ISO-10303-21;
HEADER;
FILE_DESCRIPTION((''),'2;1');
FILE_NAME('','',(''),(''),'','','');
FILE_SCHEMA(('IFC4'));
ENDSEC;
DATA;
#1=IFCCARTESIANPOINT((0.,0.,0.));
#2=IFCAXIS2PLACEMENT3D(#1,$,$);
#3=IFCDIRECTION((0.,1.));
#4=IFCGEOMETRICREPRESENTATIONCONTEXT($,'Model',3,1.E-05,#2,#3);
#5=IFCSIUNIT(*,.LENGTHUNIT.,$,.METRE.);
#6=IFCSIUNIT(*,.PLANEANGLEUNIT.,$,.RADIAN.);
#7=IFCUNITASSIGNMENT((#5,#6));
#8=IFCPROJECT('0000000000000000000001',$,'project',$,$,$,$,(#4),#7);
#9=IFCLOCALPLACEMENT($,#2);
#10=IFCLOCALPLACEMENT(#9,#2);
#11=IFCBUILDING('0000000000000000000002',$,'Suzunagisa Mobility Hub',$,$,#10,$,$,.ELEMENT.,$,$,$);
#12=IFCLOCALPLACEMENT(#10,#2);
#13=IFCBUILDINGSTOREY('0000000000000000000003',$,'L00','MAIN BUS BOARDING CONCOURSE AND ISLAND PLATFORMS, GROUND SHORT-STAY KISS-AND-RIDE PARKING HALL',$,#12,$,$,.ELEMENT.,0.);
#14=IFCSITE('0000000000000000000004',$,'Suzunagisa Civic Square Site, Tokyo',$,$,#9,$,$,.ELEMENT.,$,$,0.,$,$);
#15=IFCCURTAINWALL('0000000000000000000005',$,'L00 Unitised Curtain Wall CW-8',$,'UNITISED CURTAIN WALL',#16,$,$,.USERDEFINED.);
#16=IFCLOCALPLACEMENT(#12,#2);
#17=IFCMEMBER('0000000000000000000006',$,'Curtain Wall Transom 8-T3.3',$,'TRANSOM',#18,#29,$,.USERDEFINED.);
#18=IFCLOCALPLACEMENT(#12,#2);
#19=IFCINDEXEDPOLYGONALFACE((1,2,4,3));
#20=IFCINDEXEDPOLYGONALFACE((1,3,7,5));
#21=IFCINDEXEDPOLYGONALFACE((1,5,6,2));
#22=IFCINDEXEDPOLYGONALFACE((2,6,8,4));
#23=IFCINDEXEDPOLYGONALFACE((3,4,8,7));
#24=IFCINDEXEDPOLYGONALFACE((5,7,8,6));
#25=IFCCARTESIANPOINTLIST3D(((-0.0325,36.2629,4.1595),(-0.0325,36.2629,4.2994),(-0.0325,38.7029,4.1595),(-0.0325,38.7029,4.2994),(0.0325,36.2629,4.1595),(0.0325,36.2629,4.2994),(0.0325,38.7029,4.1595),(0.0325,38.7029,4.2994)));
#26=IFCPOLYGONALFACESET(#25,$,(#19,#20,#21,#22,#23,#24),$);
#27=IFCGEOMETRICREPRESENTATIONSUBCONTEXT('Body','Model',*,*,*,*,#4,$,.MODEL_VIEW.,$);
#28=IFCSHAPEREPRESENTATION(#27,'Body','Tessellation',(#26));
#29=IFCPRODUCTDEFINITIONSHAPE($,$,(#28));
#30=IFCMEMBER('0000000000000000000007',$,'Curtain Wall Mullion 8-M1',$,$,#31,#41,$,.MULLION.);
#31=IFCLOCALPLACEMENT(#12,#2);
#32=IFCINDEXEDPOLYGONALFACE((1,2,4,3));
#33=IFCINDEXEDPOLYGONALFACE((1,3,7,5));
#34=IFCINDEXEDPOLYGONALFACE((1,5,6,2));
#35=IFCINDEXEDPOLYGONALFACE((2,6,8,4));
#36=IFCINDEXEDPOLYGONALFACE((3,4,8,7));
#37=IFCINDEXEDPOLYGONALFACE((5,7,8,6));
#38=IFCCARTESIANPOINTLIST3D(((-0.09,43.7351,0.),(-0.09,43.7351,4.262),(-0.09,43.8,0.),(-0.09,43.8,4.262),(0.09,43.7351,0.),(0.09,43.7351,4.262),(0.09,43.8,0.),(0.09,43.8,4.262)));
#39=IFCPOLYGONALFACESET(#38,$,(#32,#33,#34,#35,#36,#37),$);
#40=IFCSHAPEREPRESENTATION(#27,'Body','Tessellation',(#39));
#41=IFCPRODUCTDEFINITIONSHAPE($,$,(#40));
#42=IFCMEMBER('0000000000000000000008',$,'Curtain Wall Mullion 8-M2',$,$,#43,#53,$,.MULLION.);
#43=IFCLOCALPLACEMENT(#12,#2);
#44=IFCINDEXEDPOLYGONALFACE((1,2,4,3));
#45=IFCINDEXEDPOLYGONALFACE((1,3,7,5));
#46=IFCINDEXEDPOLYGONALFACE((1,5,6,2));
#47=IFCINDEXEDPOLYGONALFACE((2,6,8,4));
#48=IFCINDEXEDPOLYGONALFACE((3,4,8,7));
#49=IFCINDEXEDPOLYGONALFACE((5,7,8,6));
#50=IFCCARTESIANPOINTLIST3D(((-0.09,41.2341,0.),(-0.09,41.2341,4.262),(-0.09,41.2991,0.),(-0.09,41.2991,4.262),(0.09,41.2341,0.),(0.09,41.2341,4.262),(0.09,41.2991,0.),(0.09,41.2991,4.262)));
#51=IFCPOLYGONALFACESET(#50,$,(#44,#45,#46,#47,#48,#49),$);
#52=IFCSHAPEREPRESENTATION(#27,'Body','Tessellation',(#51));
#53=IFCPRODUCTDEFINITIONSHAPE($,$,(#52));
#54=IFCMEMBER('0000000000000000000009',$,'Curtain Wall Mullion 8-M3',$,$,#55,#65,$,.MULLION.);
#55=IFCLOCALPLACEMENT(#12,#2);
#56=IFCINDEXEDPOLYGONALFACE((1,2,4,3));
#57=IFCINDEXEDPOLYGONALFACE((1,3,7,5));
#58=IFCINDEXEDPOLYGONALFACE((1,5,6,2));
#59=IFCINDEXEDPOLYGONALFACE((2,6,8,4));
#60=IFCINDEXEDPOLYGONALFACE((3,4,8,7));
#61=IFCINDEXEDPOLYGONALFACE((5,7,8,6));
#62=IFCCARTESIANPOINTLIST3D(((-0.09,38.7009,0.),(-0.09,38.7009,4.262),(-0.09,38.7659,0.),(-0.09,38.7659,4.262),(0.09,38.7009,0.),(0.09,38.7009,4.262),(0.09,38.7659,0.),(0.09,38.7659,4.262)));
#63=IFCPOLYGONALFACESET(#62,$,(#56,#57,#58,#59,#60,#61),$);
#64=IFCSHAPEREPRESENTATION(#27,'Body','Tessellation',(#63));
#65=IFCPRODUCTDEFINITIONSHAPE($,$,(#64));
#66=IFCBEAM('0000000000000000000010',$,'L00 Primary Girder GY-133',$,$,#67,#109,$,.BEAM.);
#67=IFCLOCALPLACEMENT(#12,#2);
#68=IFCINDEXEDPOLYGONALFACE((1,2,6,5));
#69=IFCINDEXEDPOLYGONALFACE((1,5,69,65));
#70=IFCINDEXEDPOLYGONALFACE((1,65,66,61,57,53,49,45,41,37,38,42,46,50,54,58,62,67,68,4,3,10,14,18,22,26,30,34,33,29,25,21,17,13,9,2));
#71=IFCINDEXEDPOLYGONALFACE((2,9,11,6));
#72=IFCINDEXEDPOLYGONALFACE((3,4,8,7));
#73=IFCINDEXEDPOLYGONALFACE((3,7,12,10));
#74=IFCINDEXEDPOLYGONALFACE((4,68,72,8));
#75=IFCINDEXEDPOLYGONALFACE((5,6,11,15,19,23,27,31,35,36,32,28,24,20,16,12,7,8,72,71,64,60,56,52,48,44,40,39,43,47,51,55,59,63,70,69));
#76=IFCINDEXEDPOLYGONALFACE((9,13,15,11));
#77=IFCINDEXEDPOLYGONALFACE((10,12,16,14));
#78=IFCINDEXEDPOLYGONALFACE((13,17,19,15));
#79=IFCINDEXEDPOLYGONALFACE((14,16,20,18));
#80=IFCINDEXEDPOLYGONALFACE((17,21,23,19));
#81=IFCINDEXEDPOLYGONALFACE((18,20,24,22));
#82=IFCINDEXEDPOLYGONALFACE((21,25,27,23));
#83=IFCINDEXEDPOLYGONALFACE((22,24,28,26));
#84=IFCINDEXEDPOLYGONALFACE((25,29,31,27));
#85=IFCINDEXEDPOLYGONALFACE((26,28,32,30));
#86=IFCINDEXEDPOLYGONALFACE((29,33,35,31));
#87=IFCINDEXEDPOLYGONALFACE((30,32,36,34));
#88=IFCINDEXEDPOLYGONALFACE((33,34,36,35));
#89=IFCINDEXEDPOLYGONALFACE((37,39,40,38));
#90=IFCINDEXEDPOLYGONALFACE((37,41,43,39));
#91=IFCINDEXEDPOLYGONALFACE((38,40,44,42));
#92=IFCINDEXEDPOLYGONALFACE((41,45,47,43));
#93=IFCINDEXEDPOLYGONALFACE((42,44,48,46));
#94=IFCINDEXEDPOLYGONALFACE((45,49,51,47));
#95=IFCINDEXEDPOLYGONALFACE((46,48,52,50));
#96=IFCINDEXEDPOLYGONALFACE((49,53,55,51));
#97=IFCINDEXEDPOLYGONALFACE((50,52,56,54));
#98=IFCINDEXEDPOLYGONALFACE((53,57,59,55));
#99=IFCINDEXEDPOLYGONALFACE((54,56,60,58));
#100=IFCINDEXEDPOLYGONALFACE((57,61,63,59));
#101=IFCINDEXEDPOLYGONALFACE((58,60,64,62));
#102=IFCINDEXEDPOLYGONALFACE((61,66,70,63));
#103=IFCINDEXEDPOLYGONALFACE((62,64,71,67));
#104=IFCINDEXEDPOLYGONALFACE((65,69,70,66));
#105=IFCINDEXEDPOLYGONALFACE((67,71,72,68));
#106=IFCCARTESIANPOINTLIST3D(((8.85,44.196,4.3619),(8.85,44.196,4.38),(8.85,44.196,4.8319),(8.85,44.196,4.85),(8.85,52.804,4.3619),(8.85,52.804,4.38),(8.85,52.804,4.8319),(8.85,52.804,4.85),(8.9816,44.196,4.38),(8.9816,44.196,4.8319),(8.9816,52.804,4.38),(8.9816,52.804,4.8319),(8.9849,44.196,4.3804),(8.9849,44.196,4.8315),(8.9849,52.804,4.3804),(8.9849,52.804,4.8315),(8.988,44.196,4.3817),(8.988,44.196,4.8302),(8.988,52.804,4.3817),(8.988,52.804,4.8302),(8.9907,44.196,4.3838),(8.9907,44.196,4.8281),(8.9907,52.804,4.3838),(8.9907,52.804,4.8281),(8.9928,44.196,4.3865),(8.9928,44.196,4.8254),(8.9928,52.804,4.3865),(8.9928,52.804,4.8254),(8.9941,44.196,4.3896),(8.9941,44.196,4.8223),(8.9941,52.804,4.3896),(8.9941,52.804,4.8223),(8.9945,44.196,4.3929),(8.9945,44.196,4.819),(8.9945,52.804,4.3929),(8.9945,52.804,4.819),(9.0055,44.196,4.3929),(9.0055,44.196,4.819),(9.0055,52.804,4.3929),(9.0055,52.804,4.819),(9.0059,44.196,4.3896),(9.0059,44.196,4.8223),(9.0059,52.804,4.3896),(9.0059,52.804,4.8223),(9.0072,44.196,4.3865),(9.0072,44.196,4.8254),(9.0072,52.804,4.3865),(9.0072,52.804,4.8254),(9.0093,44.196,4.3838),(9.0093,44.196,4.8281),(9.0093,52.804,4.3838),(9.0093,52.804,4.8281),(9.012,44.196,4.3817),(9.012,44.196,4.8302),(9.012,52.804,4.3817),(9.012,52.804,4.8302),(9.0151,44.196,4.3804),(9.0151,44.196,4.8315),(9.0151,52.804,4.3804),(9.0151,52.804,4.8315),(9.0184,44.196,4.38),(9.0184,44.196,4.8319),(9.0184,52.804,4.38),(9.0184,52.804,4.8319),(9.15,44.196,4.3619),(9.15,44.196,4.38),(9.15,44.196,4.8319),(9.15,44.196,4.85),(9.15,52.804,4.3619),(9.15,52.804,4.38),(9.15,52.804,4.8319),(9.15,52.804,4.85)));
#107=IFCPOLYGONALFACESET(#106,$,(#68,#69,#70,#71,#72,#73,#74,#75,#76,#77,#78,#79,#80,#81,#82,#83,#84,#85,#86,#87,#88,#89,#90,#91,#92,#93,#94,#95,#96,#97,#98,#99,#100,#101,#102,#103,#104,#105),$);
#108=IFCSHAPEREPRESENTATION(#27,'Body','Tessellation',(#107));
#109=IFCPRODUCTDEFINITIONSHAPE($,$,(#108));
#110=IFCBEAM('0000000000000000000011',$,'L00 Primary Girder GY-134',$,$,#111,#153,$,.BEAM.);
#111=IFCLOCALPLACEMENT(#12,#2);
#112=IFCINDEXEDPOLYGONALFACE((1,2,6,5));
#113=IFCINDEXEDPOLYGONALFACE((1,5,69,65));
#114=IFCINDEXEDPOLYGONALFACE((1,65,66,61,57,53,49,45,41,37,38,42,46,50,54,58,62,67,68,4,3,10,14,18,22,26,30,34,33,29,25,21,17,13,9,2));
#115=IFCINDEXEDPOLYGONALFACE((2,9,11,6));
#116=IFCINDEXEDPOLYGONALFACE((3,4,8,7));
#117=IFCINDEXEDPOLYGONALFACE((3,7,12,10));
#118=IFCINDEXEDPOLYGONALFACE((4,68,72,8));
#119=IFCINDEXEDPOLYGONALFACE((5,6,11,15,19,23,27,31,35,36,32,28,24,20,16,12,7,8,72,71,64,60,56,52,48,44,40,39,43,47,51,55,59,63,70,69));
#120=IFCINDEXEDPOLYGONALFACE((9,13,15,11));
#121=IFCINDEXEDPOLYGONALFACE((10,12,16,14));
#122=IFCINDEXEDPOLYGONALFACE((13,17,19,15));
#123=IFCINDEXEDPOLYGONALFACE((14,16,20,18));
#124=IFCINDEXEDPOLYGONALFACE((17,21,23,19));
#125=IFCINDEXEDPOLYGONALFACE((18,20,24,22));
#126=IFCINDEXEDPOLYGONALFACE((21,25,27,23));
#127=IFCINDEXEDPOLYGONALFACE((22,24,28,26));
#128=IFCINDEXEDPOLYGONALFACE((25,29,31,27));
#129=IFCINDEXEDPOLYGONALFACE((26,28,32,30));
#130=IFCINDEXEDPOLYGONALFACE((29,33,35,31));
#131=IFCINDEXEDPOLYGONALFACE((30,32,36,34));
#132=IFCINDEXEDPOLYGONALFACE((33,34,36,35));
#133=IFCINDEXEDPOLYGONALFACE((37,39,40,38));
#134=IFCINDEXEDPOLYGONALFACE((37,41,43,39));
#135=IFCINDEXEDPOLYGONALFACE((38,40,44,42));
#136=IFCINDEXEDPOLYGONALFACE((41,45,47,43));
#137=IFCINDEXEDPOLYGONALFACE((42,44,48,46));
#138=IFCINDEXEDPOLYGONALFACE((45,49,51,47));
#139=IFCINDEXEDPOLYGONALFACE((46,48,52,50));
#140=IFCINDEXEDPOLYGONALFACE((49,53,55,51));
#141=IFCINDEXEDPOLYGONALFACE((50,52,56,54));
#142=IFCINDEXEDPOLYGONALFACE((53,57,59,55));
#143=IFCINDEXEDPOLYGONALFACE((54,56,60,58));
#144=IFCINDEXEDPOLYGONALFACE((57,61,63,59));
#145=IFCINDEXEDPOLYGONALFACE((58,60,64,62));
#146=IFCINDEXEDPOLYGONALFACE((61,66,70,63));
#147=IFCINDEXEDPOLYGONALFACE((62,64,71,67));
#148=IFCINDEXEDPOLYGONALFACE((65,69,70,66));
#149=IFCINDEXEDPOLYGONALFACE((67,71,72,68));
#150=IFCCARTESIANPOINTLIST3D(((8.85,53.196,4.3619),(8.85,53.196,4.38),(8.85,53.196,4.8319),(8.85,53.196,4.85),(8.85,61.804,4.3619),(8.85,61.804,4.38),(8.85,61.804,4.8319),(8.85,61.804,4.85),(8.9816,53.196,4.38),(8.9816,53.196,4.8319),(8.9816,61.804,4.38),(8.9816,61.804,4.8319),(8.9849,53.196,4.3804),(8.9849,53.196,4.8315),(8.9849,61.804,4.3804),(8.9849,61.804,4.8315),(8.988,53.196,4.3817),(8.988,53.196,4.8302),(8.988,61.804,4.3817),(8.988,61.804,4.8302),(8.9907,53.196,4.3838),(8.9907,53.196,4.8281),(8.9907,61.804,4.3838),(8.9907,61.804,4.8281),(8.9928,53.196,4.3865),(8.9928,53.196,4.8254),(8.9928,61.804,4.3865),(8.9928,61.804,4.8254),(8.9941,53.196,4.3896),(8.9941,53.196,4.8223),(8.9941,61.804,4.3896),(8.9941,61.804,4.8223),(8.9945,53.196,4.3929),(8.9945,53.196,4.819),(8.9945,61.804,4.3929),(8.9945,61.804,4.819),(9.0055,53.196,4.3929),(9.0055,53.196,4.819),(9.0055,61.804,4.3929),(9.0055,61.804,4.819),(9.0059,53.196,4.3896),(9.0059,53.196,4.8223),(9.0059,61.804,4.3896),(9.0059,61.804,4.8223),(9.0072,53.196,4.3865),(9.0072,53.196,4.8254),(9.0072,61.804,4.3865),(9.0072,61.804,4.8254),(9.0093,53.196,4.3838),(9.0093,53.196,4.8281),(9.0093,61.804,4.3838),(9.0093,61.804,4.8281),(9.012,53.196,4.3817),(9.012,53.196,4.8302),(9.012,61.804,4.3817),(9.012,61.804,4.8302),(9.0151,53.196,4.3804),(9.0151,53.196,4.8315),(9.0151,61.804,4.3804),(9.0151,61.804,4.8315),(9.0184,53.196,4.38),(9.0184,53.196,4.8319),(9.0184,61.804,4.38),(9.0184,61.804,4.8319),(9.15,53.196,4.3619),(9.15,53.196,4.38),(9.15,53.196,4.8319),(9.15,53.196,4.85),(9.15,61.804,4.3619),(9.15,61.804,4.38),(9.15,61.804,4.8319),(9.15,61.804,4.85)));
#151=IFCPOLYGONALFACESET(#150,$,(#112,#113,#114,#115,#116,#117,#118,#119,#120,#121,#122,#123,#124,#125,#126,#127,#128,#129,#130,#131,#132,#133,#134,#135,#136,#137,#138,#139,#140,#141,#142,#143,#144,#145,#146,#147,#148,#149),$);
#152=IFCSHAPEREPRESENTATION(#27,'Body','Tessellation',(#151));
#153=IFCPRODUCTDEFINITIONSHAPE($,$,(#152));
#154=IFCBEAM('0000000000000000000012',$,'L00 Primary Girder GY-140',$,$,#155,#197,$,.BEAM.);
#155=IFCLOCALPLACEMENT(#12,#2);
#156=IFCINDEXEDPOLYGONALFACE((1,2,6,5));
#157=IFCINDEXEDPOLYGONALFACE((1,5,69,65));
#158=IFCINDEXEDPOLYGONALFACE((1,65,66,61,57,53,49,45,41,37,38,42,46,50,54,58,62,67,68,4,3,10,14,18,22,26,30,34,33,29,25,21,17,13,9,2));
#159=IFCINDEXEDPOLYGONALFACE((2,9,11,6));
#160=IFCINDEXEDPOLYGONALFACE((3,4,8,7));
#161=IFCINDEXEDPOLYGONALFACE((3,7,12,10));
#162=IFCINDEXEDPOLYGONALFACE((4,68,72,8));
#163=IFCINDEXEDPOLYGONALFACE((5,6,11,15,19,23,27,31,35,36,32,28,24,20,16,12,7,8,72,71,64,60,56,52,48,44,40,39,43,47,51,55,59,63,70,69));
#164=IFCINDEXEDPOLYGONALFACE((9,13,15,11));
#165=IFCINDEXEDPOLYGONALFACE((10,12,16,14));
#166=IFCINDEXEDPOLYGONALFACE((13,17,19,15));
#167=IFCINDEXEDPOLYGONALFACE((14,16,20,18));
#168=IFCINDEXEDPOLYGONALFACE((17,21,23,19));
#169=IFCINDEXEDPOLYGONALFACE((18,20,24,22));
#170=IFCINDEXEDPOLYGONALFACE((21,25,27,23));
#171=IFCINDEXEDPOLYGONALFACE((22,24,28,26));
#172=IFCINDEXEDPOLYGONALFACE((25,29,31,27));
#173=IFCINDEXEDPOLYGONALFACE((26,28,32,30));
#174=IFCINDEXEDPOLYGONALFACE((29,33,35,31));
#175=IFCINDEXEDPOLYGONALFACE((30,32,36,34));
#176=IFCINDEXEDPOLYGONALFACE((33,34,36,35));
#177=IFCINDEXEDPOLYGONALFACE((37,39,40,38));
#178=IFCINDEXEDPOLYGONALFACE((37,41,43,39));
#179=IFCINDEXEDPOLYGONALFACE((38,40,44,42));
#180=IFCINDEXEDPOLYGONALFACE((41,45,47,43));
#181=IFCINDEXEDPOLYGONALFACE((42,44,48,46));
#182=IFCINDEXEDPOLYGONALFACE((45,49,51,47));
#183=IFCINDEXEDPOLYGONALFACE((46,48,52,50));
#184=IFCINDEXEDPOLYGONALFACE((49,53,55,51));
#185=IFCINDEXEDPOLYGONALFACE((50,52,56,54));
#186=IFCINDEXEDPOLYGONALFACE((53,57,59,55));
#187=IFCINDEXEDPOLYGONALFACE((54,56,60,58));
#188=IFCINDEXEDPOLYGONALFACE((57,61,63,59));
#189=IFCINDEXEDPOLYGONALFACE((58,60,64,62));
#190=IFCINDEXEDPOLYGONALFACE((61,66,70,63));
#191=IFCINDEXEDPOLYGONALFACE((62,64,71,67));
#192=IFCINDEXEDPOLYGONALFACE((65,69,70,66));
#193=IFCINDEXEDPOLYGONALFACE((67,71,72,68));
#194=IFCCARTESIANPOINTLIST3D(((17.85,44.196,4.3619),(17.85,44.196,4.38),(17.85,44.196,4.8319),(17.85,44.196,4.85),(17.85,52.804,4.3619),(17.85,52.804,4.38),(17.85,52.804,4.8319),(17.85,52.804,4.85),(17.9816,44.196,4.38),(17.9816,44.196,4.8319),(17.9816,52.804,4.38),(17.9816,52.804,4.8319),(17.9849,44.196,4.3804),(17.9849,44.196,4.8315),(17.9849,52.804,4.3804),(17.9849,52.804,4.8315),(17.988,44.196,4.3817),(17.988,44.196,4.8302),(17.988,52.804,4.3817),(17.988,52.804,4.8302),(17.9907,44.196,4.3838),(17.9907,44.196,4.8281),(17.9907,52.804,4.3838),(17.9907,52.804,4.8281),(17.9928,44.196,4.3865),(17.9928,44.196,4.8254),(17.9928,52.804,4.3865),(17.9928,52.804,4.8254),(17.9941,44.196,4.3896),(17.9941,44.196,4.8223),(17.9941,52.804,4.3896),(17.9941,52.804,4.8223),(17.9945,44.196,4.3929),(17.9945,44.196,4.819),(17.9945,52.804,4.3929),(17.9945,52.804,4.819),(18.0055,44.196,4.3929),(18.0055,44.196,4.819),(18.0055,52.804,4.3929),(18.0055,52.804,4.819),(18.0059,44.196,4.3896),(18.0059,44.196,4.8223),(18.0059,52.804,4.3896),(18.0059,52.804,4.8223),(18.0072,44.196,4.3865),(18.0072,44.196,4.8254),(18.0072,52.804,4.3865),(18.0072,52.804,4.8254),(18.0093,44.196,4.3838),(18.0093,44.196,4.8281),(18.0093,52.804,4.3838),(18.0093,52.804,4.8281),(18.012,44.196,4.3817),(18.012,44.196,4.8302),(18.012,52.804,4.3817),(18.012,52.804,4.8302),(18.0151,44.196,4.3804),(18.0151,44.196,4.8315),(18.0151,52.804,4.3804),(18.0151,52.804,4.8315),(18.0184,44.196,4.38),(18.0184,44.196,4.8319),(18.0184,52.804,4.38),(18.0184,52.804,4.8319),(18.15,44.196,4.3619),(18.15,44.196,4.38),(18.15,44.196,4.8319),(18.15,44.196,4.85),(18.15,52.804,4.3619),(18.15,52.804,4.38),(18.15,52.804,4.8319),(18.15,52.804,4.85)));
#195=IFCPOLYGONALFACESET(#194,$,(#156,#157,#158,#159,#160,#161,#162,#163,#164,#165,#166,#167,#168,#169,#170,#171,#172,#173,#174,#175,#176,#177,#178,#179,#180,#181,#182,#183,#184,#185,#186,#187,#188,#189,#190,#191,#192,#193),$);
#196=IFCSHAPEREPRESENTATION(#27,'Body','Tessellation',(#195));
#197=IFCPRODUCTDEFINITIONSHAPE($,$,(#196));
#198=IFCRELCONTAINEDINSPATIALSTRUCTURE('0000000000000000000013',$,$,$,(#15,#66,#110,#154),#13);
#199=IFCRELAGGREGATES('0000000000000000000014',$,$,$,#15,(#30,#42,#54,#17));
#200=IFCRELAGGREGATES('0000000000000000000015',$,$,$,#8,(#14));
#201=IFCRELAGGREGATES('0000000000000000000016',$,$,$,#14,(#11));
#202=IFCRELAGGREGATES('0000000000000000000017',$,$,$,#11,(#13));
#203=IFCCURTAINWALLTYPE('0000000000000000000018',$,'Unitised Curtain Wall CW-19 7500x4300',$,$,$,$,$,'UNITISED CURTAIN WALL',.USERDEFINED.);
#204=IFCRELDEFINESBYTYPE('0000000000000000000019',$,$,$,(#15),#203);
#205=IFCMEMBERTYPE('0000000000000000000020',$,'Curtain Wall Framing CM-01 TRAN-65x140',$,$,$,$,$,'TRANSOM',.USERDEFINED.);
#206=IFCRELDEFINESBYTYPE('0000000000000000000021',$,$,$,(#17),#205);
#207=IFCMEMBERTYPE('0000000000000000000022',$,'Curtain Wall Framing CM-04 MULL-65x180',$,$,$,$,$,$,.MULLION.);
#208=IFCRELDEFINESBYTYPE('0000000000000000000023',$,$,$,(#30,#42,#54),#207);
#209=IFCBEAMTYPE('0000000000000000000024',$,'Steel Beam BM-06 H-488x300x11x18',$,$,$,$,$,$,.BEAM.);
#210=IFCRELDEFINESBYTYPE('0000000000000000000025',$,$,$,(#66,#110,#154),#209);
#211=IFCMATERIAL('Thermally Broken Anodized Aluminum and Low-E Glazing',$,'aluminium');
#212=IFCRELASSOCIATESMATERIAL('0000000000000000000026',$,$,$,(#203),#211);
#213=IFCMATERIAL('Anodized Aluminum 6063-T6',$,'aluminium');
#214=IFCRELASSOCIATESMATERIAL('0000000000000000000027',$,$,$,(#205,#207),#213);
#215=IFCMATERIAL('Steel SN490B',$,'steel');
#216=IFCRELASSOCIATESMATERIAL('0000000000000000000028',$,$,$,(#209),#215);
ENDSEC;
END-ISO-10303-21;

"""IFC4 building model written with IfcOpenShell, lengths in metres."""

from ifc_helpers import new_model, si_unit, direction, frame, origin, origin_2d, place, context, subcontext, project, spatial, rectangle, i_section, extrude, material, material_profile, profile_set, type_object, element, aggregate, save


model = new_model("IFC4")

# Units and contexts
model_context = context("Model", 3, precision=1e-05, world=origin(), true_north=direction((0.0, 1.0)))
body_context = subcontext(model_context, "Body", "Model", "MODEL_VIEW")
ifc_project = project(units=[si_unit("LENGTHUNIT", "METRE"), si_unit("PLANEANGLEUNIT", "RADIAN")], contexts=[model_context])

# Site, building, storey
site_placement = place(None, origin())
site = spatial("IfcSite", under=ifc_project, at=site_placement, Name="Suzunagisa Civic Square Site, Tokyo", CompositionType="ELEMENT", RefElevation=0.0)
building_placement = place(site_placement, origin())
building = spatial("IfcBuilding", under=site, at=building_placement, Name="Suzunagisa Mobility Hub", CompositionType="ELEMENT")
storey_placement = place(building_placement, origin())
storey = spatial("IfcBuildingStorey", under=building, at=storey_placement, Name="L00", Description="MAIN BUS BOARDING CONCOURSE AND ISLAND PLATFORMS, GROUND SHORT-STAY KISS-AND-RIDE PARKING HALL", CompositionType="ELEMENT", Elevation=0.0)

# Shared definitions
ifc_material_1 = material(Name="Steel SN490B", Category="steel")

# Curtain wall, members
ifc_material_2 = material(Name="Thermally Broken Anodized Aluminum and Low-E Glazing", Category="aluminium")
curtain_wall_type = type_object("IfcCurtainWallType", Name="Unitised Curtain Wall CW-19 7500x4300", ElementType="UNITISED CURTAIN WALL", PredefinedType="USERDEFINED", material=ifc_material_2)
curtain_wall_placement = place(storey_placement, origin())
curtain_wall = element("IfcCurtainWall", 1, at=curtain_wall_placement, inside=storey, type_object=curtain_wall_type, Name="L00 Unitised Curtain Wall CW-8", ObjectType="UNITISED CURTAIN WALL", PredefinedType="USERDEFINED")
ifc_material_3 = material(Name="Anodized Aluminum 6063-T6", Category="aluminium")
ifc_material_profile_1 = material_profile(ifc_material_3, rectangle(XDim=0.0649, YDim=0.1399, at=origin_2d()), Name="TRAN-65x140")
ifc_profile_set_1 = profile_set([ifc_material_profile_1], Name="Anodized Aluminum 6063-T6")
member_type_1 = type_object("IfcMemberType", Name="Curtain Wall Framing CM-01 TRAN-65x140", ElementType="TRANSOM", PredefinedType="USERDEFINED", material=ifc_profile_set_1)
member_1_placement = place(storey_placement, frame((0.0, 38.7029, 4.2295), z_axis=(0.0, -1.0, 0.0), x_axis=(1.0, 0.0, 0.0)))
member_1 = element("IfcMember", 2, at=member_1_placement, type_object=member_type_1, Name="Curtain Wall Transom 8-T3.3", ObjectType="TRANSOM", PredefinedType="USERDEFINED", context=body_context, shape_type="SweptSolid", body=[
    extrude(rectangle(XDim=0.0649, YDim=0.1399, at=origin_2d()), origin(), (0.0, 0.0, 1.0), 2.4399),
])
ifc_material_profile_2 = material_profile(ifc_material_3, rectangle(XDim=0.0649, YDim=0.1799, at=origin_2d()), Name="MULL-65x180")
ifc_profile_set_2 = profile_set([ifc_material_profile_2], Name="Anodized Aluminum 6063-T6")
member_type_2 = type_object("IfcMemberType", Name="Curtain Wall Framing CM-04 MULL-65x180", PredefinedType="MULLION", material=ifc_profile_set_2)
member_2_placement = place(storey_placement, frame((0.0, 43.7676, 0.0), z_axis=(0.0, 0.0, 1.0), x_axis=(0.0, -1.0, 0.0)))
member_2 = element("IfcMember", 3, at=member_2_placement, type_object=member_type_2, Name="Curtain Wall Mullion 8-M1", PredefinedType="MULLION", context=body_context, shape_type="SweptSolid", body=[
    extrude(rectangle(XDim=0.0649, YDim=0.1799, at=origin_2d()), origin(), (0.0, 0.0, 1.0), 4.262),
])
member_3_placement = place(storey_placement, frame((0.0, 41.2666, 0.0), z_axis=(0.0, 0.0, 1.0), x_axis=(0.0, -1.0, 0.0)))
member_3 = element("IfcMember", 4, at=member_3_placement, type_object=member_type_2, Name="Curtain Wall Mullion 8-M2", PredefinedType="MULLION", context=body_context, shape_type="SweptSolid", body=[
    extrude(rectangle(XDim=0.0649, YDim=0.1799, at=origin_2d()), origin(), (0.0, 0.0, 1.0), 4.262),
])
member_4_placement = place(storey_placement, frame((0.0, 38.7334, 0.0), z_axis=(0.0, 0.0, 1.0), x_axis=(0.0, -1.0, 0.0)))
member_4 = element("IfcMember", 5, at=member_4_placement, type_object=member_type_2, Name="Curtain Wall Mullion 8-M3", PredefinedType="MULLION", context=body_context, shape_type="SweptSolid", body=[
    extrude(rectangle(XDim=0.0649, YDim=0.1799, at=origin_2d()), origin(), (0.0, 0.0, 1.0), 4.262),
])

# Beams
ifc_material_profile_3 = material_profile(ifc_material_1, i_section(OverallWidth=0.3, OverallDepth=0.488, WebThickness=0.011, FlangeThickness=0.0181, FilletRadius=0.0129, at=origin_2d()), Name="H-488x300x11x18")
ifc_profile_set_3 = profile_set([ifc_material_profile_3], Name="Steel SN490B")
beam_type_1 = type_object("IfcBeamType", Name="Steel Beam BM-06 H-488x300x11x18", PredefinedType="BEAM", material=ifc_profile_set_3)
for number, where, z_axis, x_axis, name in (
    (6, (9.0, 44.196, 4.606), (0.0, 1.0, 0.0), (-1.0, 0.0, 0.0), "L00 Primary Girder GY-133"),
    (7, (9.0, 53.196, 4.606), (0.0, 1.0, 0.0), (-1.0, 0.0, 0.0), "L00 Primary Girder GY-134"),
    (8, (18.0, 44.196, 4.606), (0.0, 1.0, 0.0), (-1.0, 0.0, 0.0), "L00 Primary Girder GY-140"),
):
    element("IfcBeam", number, at=place(storey_placement, frame(where, z_axis=z_axis, x_axis=x_axis)), inside=storey, type_object=beam_type_1, Name=name, PredefinedType="BEAM", context=body_context, shape_type="SweptSolid", body=[
        extrude(i_section(OverallWidth=0.3, OverallDepth=0.488, WebThickness=0.011, FlangeThickness=0.0181, FilletRadius=0.0129, at=origin_2d()), origin(), (0.0, 0.0, 1.0), 8.6079),
    ])

aggregate(curtain_wall, [member_2, member_3, member_4, member_1])

save(model, "model.ifc")
